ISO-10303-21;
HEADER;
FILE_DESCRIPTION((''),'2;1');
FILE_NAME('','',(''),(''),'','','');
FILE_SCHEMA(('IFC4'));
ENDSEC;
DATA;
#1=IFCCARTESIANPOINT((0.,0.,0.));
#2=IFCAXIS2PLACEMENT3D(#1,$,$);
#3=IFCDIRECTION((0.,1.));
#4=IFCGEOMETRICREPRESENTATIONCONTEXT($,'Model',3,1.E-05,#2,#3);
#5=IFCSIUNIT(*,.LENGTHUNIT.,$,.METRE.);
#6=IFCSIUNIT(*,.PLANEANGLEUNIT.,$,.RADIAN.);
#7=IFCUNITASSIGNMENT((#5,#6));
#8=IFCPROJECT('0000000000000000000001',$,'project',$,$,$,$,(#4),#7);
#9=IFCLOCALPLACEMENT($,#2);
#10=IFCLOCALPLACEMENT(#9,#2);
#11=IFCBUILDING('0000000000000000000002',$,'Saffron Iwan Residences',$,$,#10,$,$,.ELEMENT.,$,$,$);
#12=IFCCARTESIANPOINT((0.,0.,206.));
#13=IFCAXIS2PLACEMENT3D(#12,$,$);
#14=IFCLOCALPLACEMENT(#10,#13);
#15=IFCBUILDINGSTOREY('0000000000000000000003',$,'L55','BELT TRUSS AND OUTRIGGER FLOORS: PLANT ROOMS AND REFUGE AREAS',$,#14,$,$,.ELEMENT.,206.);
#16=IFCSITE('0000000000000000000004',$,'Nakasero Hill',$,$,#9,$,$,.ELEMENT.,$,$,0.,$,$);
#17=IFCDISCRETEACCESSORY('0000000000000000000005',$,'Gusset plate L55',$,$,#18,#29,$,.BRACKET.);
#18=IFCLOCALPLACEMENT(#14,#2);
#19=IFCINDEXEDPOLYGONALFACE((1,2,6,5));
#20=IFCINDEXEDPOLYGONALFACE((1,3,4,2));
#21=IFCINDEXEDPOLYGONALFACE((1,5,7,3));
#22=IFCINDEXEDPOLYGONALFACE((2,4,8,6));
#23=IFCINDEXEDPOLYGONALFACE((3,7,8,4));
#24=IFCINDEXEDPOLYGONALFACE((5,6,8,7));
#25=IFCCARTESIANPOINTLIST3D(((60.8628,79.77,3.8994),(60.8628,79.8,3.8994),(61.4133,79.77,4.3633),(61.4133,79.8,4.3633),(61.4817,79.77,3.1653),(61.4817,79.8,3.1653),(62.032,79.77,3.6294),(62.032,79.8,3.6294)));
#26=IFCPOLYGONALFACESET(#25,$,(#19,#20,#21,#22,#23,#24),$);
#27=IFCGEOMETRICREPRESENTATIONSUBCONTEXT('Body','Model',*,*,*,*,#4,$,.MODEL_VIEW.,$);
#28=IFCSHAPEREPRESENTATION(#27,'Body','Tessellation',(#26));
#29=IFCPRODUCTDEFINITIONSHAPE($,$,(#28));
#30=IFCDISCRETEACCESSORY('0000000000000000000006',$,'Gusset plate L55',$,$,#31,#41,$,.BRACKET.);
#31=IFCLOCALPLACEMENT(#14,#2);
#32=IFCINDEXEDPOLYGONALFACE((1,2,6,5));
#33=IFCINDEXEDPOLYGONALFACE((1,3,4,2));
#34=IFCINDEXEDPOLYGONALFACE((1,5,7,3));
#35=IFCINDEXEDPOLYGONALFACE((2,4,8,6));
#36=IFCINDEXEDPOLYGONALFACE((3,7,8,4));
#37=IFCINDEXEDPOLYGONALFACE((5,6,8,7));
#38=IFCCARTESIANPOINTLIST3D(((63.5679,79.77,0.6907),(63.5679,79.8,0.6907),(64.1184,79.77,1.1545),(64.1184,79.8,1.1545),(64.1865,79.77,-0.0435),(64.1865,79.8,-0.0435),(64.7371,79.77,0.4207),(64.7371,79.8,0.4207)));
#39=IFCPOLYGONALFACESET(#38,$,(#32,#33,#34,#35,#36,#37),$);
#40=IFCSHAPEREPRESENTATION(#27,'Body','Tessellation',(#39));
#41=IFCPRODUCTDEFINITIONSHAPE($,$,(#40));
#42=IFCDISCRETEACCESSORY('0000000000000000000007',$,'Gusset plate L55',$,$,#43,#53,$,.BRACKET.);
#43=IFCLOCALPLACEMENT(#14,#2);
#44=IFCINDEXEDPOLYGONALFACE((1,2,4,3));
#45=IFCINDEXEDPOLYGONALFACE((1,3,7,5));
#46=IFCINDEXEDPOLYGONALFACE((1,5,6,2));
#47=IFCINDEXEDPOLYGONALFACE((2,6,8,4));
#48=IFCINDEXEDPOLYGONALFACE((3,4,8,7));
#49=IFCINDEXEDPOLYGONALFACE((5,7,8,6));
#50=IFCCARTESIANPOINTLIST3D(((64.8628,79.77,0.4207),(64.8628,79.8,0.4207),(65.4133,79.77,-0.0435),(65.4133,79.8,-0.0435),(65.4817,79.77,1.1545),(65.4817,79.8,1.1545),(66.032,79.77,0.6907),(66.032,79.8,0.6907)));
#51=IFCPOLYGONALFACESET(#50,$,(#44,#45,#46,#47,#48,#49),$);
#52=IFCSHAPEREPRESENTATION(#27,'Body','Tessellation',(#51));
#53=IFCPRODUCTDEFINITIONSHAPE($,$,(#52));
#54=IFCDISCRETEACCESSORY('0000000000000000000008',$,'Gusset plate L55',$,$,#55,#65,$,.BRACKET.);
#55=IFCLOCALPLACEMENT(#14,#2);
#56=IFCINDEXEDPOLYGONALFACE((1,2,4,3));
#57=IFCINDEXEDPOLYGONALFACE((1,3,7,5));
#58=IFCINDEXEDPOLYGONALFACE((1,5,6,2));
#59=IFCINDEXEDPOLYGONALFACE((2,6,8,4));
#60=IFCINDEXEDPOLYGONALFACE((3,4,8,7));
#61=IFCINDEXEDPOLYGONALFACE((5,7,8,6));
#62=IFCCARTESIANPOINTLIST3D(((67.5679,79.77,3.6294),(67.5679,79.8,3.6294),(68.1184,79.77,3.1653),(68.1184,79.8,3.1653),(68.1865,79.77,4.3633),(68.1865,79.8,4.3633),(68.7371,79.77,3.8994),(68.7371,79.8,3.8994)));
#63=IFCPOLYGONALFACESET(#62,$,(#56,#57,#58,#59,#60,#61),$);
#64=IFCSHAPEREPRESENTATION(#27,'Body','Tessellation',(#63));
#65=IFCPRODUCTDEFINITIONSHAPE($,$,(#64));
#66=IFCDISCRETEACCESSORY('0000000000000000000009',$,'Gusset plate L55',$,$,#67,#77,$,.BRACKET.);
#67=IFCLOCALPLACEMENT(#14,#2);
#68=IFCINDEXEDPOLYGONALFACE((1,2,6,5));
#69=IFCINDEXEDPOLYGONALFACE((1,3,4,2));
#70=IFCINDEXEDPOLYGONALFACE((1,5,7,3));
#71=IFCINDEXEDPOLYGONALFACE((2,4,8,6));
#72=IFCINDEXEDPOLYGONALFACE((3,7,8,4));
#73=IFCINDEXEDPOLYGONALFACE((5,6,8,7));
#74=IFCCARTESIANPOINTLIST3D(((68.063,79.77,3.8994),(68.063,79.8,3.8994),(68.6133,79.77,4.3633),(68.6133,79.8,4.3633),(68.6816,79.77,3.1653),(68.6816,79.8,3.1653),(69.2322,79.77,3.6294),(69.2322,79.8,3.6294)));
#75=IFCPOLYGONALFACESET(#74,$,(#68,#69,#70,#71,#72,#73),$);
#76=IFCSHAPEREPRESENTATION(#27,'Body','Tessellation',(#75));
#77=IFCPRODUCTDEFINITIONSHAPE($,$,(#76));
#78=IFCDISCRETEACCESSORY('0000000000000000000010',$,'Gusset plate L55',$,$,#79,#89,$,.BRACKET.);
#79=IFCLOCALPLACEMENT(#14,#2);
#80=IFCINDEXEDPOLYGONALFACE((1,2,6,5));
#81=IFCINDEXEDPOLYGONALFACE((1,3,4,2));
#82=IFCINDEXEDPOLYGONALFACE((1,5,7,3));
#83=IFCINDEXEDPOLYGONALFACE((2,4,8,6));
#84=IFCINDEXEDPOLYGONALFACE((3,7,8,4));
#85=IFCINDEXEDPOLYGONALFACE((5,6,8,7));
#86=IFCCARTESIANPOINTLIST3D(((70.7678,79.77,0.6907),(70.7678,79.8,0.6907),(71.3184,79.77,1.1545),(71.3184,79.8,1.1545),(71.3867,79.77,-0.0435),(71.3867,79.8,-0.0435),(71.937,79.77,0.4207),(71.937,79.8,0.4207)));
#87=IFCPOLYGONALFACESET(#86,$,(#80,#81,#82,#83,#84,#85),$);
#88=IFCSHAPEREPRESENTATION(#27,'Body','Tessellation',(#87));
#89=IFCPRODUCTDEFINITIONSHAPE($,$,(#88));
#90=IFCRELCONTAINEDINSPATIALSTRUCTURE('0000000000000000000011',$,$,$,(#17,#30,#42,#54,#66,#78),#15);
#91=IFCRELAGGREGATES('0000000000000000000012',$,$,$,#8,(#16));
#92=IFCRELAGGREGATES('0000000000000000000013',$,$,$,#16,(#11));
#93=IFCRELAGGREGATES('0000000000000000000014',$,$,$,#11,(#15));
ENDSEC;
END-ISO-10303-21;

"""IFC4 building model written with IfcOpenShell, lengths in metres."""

from ifc_helpers import new_model, si_unit, direction, frame, origin, place, context, subcontext, project, spatial, polyline, outline, extrude, element, save


model = new_model("IFC4")

# Units and contexts
model_context = context("Model", 3, precision=1e-05, world=origin(), true_north=direction((0.0, 1.0)))
body_context = subcontext(model_context, "Body", "Model", "MODEL_VIEW")
ifc_project = project(units=[si_unit("LENGTHUNIT", "METRE"), si_unit("PLANEANGLEUNIT", "RADIAN")], contexts=[model_context])

# Site, building, storey
site_placement = place(None, origin())
site = spatial("IfcSite", under=ifc_project, at=site_placement, Name="Nakasero Hill", CompositionType="ELEMENT", RefElevation=0.0)
building_placement = place(site_placement, origin())
building = spatial("IfcBuilding", under=site, at=building_placement, Name="Saffron Iwan Residences", CompositionType="ELEMENT")
storey_placement = place(building_placement, frame((0.0, 0.0, 206.0)))
storey = spatial("IfcBuildingStorey", under=building, at=storey_placement, Name="L55", Description="BELT TRUSS AND OUTRIGGER FLOORS: PLANT ROOMS AND REFUGE AREAS", CompositionType="ELEMENT", Elevation=206.0)

# Discrete accessories
discrete_accessory_1_placement = place(storey_placement, frame((61.4133, 79.8, 4.3633), z_axis=(0.0, 1.0, 0.0), x_axis=(0.644527, 0.0, -0.764581)))
element("IfcDiscreteAccessory", 1, at=discrete_accessory_1_placement, inside=storey, Name="Gusset plate L55", PredefinedType="BRACKET", context=body_context, shape_type="SweptSolid", body=[
    extrude(outline(polyline([(0.0, 0.0), (0.9599, 0.0), (0.96, 0.7199), (-0.0002, 0.7199), (0.0, 0.0)])), origin(), (0.0, 0.0, -1.0), 0.03),
])
discrete_accessory_2_placement = place(storey_placement, frame((64.1865, 79.8, -0.0435), z_axis=(0.0, 1.0, 0.0), x_axis=(-0.644402, 0.0, 0.764687)))
element("IfcDiscreteAccessory", 2, at=discrete_accessory_2_placement, inside=storey, Name="Gusset plate L55", PredefinedType="BRACKET", context=body_context, shape_type="SweptSolid", body=[
    extrude(outline(polyline([(0.0, 0.0), (0.96, 0.0), (0.96, 0.7199), (0.0001, 0.7201), (0.0, 0.0)])), origin(), (0.0, 0.0, -1.0), 0.03),
])
discrete_accessory_3_placement = place(storey_placement, frame((64.8628, 79.8, 0.4207), z_axis=(0.0, 1.0, 0.0), x_axis=(0.644676, 0.0, 0.764456)))
element("IfcDiscreteAccessory", 3, at=discrete_accessory_3_placement, inside=storey, Name="Gusset plate L55", PredefinedType="BRACKET", context=body_context, shape_type="SweptSolid", body=[
    extrude(outline(polyline([(0.0, 0.0), (0.96, 0.0), (0.9602, 0.7197), (0.0001, 0.7201), (0.0, 0.0)])), origin(), (0.0, 0.0, -1.0), 0.03),
])
discrete_accessory_4_placement = place(storey_placement, frame((68.7371, 79.8, 3.8994), z_axis=(0.0, 1.0, 0.0), x_axis=(-0.644402, 0.0, -0.764687)))
element("IfcDiscreteAccessory", 4, at=discrete_accessory_4_placement, inside=storey, Name="Gusset plate L55", PredefinedType="BRACKET", context=body_context, shape_type="SweptSolid", body=[
    extrude(outline(polyline([(0.0, 0.0), (0.96, 0.0), (0.9599, 0.7201), (0.0001, 0.7199), (0.0, 0.0)])), origin(), (0.0, 0.0, -1.0), 0.03),
])
discrete_accessory_5_placement = place(storey_placement, frame((68.6133, 79.8, 4.3633), z_axis=(0.0, 1.0, 0.0), x_axis=(0.644676, 0.0, -0.764456)))
element("IfcDiscreteAccessory", 5, at=discrete_accessory_5_placement, inside=storey, Name="Gusset plate L55", PredefinedType="BRACKET", context=body_context, shape_type="SweptSolid", body=[
    extrude(outline(polyline([(0.0, 0.0), (0.96, 0.0), (0.9599, 0.7201), (-0.0002, 0.7197), (0.0, 0.0)])), origin(), (0.0, 0.0, -1.0), 0.03),
])
discrete_accessory_6_placement = place(storey_placement, frame((71.3867, 79.8, -0.0435), z_axis=(0.0, 1.0, 0.0), x_axis=(-0.644551, 0.0, 0.764562)))
element("IfcDiscreteAccessory", 6, at=discrete_accessory_6_placement, inside=storey, Name="Gusset plate L55", PredefinedType="BRACKET", context=body_context, shape_type="SweptSolid", body=[
    extrude(outline(polyline([(0.0, 0.0), (0.9602, 0.0), (0.96, 0.7199), (0.0002, 0.7199), (0.0, 0.0)])), origin(), (0.0, 0.0, -1.0), 0.03),
])

save(model, "model.ifc")
